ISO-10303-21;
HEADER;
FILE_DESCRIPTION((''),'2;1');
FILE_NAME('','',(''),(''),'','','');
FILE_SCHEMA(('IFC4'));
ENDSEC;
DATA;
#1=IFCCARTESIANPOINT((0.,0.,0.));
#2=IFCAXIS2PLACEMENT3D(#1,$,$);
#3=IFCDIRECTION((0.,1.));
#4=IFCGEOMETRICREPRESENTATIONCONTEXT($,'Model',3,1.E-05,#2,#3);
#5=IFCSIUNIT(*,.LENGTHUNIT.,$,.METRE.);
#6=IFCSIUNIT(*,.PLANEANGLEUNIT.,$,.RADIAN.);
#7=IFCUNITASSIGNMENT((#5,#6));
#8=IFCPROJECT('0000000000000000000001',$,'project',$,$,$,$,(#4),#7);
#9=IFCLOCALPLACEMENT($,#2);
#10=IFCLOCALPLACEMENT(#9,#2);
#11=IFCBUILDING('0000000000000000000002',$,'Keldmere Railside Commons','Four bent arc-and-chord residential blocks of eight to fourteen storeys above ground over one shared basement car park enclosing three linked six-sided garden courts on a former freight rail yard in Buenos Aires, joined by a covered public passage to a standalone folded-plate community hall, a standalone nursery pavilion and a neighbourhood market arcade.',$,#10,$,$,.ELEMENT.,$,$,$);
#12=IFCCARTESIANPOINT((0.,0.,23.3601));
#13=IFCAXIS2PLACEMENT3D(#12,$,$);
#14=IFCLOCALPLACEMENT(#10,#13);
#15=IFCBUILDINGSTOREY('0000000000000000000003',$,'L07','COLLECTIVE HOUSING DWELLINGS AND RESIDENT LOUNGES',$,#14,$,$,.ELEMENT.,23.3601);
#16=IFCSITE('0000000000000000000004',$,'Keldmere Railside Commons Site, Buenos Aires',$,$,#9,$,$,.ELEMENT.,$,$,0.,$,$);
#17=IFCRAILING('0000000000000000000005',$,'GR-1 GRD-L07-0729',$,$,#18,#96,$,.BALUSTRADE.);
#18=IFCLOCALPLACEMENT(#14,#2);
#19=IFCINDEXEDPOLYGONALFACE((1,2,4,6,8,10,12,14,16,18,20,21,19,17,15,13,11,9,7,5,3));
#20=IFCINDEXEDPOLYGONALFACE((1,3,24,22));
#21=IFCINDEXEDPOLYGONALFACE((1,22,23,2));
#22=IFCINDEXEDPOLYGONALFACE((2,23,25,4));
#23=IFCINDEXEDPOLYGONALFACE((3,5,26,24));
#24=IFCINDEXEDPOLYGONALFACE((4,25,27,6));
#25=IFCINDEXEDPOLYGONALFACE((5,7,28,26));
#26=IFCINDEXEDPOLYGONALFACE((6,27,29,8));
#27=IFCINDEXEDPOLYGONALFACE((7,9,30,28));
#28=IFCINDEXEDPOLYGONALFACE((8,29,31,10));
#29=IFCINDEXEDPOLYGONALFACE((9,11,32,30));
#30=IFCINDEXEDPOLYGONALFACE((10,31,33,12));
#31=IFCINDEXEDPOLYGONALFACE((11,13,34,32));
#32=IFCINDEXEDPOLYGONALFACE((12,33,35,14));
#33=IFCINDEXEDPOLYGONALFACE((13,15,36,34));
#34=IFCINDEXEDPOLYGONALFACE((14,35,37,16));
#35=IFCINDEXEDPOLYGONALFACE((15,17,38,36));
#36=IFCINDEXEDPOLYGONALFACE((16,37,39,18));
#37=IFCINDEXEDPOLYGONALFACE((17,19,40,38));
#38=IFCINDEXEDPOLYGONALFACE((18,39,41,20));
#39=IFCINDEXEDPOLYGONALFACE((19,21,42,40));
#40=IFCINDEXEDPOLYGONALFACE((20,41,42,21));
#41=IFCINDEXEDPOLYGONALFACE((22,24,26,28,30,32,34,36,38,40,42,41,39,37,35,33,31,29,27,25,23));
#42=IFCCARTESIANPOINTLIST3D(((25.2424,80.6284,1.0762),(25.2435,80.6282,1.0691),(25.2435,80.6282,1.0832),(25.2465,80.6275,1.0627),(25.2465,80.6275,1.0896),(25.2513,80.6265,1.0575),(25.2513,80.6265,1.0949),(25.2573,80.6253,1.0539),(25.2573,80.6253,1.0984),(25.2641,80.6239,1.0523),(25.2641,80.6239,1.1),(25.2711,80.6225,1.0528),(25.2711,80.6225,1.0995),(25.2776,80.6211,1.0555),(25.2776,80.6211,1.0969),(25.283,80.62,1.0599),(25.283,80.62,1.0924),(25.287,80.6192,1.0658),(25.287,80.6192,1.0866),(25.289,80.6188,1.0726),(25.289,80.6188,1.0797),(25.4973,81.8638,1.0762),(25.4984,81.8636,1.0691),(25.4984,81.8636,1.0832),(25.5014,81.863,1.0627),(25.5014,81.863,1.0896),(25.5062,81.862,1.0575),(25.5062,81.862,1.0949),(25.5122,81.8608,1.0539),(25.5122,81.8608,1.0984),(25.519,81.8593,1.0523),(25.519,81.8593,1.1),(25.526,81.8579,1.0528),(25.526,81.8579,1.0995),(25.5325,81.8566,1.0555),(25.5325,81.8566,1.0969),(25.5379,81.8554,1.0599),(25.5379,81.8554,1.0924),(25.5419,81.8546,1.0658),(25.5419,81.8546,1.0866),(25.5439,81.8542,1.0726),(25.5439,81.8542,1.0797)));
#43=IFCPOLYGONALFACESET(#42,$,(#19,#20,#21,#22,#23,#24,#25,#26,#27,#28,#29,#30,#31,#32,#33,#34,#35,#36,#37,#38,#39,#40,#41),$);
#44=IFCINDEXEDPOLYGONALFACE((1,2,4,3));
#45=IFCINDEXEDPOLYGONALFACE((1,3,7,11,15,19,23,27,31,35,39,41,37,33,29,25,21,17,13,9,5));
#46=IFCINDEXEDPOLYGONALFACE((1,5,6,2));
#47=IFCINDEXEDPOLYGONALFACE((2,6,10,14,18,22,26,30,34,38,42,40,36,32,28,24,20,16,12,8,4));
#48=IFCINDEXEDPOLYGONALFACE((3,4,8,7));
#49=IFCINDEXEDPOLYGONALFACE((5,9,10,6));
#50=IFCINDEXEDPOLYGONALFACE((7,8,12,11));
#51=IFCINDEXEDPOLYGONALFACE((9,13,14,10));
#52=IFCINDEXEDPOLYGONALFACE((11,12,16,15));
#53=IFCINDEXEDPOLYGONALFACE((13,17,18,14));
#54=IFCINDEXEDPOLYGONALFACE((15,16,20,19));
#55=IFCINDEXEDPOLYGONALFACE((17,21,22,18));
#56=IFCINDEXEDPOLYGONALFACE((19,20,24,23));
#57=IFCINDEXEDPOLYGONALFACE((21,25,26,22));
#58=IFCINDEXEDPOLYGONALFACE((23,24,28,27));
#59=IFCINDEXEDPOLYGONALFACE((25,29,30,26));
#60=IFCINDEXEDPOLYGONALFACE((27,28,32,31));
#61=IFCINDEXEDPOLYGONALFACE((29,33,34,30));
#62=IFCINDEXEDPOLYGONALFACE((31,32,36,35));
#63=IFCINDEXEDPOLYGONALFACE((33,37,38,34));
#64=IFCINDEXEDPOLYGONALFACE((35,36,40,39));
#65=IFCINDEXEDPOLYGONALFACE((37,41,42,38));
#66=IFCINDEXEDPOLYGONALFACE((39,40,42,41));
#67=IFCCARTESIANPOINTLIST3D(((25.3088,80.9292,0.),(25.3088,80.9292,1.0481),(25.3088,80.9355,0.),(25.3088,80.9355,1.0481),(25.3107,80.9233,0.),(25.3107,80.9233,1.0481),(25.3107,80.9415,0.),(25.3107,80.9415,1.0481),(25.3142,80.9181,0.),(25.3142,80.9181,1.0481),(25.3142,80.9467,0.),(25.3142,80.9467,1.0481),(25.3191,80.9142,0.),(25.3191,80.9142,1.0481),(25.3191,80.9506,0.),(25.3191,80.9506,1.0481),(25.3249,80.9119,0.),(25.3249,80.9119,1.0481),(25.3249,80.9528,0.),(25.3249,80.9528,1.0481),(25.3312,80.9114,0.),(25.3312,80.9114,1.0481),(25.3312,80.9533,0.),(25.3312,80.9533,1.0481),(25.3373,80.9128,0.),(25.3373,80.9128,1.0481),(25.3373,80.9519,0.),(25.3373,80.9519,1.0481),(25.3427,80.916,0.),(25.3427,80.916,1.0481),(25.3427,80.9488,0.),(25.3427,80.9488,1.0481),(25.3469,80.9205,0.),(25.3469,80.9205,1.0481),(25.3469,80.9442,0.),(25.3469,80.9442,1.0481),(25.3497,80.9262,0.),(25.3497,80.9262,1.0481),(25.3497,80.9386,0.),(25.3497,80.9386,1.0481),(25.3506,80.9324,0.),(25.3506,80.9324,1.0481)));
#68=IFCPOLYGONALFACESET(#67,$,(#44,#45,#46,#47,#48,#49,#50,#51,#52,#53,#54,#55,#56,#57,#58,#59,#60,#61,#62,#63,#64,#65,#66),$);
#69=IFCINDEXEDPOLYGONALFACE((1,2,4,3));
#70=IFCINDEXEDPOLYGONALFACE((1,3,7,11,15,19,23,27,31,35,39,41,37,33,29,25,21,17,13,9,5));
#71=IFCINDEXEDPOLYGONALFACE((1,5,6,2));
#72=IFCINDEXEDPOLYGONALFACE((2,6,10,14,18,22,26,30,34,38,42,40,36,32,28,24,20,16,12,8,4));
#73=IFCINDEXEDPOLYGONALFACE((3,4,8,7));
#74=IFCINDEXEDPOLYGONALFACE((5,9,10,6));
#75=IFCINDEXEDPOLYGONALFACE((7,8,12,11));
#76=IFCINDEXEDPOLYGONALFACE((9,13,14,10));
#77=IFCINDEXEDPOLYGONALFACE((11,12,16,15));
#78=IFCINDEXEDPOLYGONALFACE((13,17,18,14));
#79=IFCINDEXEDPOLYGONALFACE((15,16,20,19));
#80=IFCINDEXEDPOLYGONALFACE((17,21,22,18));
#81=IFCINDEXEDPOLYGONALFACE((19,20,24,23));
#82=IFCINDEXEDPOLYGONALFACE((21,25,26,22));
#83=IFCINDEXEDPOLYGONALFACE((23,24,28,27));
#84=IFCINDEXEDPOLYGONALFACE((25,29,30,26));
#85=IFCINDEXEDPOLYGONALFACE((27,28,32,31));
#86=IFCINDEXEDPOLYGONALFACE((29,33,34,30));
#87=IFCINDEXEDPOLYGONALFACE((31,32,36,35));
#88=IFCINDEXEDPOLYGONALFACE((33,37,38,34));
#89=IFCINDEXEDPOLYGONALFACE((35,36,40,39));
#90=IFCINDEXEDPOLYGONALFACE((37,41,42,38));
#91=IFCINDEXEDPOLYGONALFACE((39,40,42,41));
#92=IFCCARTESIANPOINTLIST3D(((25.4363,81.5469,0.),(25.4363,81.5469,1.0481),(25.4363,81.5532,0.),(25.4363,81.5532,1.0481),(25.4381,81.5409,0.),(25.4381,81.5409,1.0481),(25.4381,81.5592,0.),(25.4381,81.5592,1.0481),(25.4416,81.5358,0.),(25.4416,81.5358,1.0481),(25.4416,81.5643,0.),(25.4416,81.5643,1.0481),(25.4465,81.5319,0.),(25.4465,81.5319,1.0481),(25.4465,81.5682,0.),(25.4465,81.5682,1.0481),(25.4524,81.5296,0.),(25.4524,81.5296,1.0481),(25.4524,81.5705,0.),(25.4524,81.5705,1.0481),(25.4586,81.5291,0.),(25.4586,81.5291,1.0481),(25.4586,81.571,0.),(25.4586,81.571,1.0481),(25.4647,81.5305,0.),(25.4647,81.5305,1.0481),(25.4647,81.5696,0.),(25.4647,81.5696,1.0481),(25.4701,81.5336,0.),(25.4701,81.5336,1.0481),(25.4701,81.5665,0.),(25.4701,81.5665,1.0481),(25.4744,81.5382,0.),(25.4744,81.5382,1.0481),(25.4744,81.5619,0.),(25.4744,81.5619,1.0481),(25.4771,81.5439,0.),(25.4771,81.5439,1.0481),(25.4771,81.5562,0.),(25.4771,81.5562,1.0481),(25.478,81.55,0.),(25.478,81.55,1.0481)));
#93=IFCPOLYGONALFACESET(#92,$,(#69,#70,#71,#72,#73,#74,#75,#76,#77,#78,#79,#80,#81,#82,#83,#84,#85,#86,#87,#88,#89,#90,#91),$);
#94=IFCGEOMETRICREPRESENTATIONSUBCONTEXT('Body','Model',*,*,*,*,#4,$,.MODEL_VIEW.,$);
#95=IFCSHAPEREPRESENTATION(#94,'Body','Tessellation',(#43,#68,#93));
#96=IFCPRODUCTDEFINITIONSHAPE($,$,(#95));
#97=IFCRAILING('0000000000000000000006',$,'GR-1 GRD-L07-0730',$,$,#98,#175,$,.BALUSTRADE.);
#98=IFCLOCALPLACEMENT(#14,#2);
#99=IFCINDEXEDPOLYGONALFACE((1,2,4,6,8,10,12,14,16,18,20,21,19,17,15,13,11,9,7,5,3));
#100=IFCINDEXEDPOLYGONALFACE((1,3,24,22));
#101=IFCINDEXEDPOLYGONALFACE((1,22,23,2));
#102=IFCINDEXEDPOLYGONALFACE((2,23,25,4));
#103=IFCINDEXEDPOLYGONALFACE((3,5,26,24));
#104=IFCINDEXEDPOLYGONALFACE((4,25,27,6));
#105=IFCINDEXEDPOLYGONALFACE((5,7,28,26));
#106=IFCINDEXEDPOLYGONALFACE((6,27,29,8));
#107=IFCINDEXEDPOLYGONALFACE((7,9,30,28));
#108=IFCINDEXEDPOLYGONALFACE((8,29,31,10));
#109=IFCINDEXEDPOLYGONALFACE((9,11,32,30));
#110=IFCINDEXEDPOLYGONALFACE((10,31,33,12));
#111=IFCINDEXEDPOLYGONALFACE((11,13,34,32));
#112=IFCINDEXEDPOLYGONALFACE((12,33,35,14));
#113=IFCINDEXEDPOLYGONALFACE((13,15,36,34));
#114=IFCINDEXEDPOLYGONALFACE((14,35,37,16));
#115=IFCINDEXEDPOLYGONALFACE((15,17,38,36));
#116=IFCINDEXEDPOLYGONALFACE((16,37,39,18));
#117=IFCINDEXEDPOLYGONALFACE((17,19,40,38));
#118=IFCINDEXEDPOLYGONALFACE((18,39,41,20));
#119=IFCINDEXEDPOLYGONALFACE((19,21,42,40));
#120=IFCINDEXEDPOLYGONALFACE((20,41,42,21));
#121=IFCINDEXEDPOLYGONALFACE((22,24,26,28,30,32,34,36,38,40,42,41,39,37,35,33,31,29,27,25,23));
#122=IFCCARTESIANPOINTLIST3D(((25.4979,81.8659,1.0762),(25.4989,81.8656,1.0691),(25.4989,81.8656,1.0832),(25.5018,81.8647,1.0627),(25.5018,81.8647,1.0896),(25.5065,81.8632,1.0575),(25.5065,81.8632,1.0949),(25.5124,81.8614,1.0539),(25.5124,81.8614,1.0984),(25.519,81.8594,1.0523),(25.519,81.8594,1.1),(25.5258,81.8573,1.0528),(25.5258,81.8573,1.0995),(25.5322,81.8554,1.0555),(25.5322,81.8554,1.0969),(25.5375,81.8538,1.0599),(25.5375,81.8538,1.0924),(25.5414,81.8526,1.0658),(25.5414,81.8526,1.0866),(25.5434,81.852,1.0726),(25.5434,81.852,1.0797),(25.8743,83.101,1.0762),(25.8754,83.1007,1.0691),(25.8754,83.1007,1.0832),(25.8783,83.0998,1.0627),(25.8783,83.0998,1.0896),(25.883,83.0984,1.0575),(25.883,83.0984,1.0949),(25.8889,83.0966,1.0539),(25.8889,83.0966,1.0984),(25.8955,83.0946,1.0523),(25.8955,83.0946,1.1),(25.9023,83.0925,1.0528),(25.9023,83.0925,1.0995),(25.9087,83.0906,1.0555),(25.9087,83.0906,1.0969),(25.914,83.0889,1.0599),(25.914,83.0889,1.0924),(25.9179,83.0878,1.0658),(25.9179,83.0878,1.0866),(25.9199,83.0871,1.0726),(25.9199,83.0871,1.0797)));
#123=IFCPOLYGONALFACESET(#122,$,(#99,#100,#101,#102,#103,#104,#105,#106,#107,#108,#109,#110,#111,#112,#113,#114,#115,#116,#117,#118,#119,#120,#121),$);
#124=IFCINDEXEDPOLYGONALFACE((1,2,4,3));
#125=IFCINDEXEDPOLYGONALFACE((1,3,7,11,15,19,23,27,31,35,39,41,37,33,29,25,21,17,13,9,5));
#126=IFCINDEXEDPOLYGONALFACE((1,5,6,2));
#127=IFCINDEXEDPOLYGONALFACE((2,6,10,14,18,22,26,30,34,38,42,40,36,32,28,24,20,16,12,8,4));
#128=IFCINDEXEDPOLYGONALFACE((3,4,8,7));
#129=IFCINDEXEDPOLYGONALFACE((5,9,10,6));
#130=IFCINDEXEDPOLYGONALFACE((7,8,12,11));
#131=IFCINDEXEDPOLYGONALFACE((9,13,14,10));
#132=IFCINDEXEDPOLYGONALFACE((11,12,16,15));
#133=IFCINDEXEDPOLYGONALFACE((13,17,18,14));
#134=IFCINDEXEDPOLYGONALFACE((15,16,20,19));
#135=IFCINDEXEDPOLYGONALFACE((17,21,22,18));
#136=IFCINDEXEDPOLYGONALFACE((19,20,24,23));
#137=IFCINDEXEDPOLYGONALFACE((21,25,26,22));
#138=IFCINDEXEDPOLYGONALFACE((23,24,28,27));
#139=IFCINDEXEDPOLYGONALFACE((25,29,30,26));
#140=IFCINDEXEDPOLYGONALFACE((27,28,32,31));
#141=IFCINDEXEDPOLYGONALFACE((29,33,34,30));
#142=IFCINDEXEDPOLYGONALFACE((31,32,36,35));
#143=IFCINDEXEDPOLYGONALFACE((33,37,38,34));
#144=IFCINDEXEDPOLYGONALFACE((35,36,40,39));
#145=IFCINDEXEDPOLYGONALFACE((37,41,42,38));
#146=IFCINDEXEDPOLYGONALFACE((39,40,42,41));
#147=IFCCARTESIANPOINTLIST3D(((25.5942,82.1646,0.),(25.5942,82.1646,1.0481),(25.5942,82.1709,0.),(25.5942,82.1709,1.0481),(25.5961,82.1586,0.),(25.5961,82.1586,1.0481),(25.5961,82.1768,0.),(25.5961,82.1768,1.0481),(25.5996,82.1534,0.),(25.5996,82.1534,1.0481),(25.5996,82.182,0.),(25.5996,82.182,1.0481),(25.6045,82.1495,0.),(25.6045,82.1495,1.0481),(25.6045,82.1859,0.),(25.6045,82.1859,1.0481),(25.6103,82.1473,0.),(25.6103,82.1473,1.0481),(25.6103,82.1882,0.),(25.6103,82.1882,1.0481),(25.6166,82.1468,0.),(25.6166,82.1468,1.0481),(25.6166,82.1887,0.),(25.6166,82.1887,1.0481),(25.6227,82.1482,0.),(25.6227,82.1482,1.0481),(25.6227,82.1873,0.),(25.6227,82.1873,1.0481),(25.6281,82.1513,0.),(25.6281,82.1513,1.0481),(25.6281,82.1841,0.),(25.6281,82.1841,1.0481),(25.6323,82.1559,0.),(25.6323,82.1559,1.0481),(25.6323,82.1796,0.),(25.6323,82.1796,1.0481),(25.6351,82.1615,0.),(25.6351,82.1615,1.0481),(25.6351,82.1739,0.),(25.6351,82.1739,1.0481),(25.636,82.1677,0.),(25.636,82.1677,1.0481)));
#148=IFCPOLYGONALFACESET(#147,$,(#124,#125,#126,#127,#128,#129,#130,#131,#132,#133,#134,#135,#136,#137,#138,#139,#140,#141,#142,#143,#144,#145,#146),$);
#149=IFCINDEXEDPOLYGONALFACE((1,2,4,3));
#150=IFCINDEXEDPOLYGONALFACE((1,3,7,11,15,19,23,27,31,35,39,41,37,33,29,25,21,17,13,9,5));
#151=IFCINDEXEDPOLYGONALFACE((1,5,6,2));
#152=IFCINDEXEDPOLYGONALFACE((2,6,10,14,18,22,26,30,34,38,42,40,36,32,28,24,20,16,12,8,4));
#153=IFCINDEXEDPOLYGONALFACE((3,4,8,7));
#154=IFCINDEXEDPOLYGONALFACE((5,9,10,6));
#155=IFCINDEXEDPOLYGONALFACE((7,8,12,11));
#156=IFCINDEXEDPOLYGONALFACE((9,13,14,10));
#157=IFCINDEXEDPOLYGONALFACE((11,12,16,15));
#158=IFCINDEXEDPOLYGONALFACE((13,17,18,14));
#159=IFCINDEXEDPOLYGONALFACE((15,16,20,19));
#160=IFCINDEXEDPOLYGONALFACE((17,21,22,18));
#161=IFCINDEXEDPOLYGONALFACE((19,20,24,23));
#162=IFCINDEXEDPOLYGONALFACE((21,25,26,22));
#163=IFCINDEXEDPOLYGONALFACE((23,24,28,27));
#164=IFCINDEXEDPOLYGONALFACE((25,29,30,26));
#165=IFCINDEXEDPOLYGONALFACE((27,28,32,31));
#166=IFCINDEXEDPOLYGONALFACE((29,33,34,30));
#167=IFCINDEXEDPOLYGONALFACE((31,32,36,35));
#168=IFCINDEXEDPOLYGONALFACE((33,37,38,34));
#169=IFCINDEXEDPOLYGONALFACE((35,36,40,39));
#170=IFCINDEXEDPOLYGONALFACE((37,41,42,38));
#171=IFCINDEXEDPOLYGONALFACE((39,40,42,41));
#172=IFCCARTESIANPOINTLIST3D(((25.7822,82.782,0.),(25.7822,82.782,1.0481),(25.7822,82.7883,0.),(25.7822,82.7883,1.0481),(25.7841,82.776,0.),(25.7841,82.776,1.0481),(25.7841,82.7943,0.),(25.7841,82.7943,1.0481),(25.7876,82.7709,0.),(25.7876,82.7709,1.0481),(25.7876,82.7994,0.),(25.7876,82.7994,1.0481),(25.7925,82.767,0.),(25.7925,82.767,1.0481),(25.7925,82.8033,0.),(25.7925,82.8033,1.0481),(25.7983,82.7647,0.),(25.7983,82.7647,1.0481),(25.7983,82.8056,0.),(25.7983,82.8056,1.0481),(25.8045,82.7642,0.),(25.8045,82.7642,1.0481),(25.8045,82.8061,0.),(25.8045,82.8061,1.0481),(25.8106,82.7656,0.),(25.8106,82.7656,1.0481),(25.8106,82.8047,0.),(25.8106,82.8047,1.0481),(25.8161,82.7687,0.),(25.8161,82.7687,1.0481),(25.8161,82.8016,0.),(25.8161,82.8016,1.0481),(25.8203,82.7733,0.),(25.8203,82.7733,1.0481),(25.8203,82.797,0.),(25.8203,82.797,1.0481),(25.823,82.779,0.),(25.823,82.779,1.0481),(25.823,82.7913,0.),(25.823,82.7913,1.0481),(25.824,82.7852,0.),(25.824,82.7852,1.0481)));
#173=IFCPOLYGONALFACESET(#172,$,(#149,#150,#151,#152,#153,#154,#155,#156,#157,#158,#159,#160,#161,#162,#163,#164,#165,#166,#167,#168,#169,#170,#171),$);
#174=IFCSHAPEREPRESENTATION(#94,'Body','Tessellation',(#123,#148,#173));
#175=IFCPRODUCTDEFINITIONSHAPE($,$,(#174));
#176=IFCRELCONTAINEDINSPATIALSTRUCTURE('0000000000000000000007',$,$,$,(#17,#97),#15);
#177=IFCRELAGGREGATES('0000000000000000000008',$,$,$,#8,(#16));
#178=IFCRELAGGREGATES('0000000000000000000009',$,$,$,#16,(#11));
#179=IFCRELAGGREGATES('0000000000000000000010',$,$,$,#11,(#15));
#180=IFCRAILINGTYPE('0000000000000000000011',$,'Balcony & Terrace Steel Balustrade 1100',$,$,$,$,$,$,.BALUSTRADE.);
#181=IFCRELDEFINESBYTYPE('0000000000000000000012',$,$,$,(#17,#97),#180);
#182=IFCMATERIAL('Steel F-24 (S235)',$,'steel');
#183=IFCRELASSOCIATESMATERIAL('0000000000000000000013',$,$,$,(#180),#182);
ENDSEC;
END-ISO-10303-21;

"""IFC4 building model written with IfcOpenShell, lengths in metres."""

from ifc_helpers import new_model, si_unit, direction, frame, origin, origin_2d, place, context, subcontext, project, spatial, circle, extrude, material, type_object, element, save


model = new_model("IFC4")

# Units and contexts
model_context = context("Model", 3, precision=1e-05, world=origin(), true_north=direction((0.0, 1.0)))
body_context = subcontext(model_context, "Body", "Model", "MODEL_VIEW")
ifc_project = project(units=[si_unit("LENGTHUNIT", "METRE"), si_unit("PLANEANGLEUNIT", "RADIAN")], contexts=[model_context])

# Site, building, storey
site_placement = place(None, origin())
site = spatial("IfcSite", under=ifc_project, at=site_placement, Name="Keldmere Railside Commons Site, Buenos Aires", CompositionType="ELEMENT", RefElevation=0.0)
building_placement = place(site_placement, origin())
building = spatial("IfcBuilding", under=site, at=building_placement, Name="Keldmere Railside Commons", Description="Four bent arc-and-chord residential blocks of eight to fourteen storeys above ground over one shared basement car park enclosing three linked six-sided garden courts on a former freight rail yard in Buenos Aires, joined by a covered public passage to a standalone folded-plate community hall, a standalone nursery pavilion and a neighbourhood market arcade.", CompositionType="ELEMENT")
storey_placement = place(building_placement, frame((0.0, 0.0, 23.3601)))
storey = spatial("IfcBuildingStorey", under=building, at=storey_placement, Name="L07", Description="COLLECTIVE HOUSING DWELLINGS AND RESIDENT LOUNGES", CompositionType="ELEMENT", Elevation=23.3601)

# Railings
ifc_material_1 = material(Name="Steel F-24 (S235)", Category="steel")
railing_type = type_object("IfcRailingType", Name="Balcony & Terrace Steel Balustrade 1100", PredefinedType="BALUSTRADE", material=ifc_material_1)
railing_1_placement = place(storey_placement, frame((25.2659, 80.6235, 0.0)))
element("IfcRailing", 1, at=railing_1_placement, inside=storey, type_object=railing_type, Name="GR-1 GRD-L07-0729", PredefinedType="BALUSTRADE", context=body_context, shape_type="SweptSolid", body=[
    extrude(circle(Radius=0.0239, at=origin_2d()), frame((0.0, 0.0, 1.0762), z_axis=(0.202068, 0.979372, 0.0), x_axis=(-0.979372, 0.202068, 0.0)), (0.0, 0.0, 1.0), 1.2615),
    extrude(circle(Radius=0.021, at=origin_2d()), frame((0.0637, 0.3088, 0.0)), (0.0, 0.0, 1.0), 1.0481),
    extrude(circle(Radius=0.021, at=origin_2d()), frame((0.1912, 0.9265, 0.0)), (0.0, 0.0, 1.0), 1.0481),
])
railing_2_placement = place(storey_placement, frame((25.5208, 81.8589, 0.0)))
element("IfcRailing", 2, at=railing_2_placement, inside=storey, type_object=railing_type, Name="GR-1 GRD-L07-0730", PredefinedType="BALUSTRADE", context=body_context, shape_type="SweptSolid", body=[
    extrude(circle(Radius=0.0239, at=origin_2d()), frame((0.0, 0.0, 1.0762), z_axis=(0.29156, 0.956552, 0.0), x_axis=(-0.956552, 0.29156, 0.0)), (0.0, 0.0, 1.0), 1.2913),
    extrude(circle(Radius=0.021, at=origin_2d()), frame((0.0942, 0.3088, 0.0)), (0.0, 0.0, 1.0), 1.0481),
    extrude(circle(Radius=0.021, at=origin_2d()), frame((0.2822, 0.9263, 0.0)), (0.0, 0.0, 1.0), 1.0481),
])

save(model, "model.ifc")
